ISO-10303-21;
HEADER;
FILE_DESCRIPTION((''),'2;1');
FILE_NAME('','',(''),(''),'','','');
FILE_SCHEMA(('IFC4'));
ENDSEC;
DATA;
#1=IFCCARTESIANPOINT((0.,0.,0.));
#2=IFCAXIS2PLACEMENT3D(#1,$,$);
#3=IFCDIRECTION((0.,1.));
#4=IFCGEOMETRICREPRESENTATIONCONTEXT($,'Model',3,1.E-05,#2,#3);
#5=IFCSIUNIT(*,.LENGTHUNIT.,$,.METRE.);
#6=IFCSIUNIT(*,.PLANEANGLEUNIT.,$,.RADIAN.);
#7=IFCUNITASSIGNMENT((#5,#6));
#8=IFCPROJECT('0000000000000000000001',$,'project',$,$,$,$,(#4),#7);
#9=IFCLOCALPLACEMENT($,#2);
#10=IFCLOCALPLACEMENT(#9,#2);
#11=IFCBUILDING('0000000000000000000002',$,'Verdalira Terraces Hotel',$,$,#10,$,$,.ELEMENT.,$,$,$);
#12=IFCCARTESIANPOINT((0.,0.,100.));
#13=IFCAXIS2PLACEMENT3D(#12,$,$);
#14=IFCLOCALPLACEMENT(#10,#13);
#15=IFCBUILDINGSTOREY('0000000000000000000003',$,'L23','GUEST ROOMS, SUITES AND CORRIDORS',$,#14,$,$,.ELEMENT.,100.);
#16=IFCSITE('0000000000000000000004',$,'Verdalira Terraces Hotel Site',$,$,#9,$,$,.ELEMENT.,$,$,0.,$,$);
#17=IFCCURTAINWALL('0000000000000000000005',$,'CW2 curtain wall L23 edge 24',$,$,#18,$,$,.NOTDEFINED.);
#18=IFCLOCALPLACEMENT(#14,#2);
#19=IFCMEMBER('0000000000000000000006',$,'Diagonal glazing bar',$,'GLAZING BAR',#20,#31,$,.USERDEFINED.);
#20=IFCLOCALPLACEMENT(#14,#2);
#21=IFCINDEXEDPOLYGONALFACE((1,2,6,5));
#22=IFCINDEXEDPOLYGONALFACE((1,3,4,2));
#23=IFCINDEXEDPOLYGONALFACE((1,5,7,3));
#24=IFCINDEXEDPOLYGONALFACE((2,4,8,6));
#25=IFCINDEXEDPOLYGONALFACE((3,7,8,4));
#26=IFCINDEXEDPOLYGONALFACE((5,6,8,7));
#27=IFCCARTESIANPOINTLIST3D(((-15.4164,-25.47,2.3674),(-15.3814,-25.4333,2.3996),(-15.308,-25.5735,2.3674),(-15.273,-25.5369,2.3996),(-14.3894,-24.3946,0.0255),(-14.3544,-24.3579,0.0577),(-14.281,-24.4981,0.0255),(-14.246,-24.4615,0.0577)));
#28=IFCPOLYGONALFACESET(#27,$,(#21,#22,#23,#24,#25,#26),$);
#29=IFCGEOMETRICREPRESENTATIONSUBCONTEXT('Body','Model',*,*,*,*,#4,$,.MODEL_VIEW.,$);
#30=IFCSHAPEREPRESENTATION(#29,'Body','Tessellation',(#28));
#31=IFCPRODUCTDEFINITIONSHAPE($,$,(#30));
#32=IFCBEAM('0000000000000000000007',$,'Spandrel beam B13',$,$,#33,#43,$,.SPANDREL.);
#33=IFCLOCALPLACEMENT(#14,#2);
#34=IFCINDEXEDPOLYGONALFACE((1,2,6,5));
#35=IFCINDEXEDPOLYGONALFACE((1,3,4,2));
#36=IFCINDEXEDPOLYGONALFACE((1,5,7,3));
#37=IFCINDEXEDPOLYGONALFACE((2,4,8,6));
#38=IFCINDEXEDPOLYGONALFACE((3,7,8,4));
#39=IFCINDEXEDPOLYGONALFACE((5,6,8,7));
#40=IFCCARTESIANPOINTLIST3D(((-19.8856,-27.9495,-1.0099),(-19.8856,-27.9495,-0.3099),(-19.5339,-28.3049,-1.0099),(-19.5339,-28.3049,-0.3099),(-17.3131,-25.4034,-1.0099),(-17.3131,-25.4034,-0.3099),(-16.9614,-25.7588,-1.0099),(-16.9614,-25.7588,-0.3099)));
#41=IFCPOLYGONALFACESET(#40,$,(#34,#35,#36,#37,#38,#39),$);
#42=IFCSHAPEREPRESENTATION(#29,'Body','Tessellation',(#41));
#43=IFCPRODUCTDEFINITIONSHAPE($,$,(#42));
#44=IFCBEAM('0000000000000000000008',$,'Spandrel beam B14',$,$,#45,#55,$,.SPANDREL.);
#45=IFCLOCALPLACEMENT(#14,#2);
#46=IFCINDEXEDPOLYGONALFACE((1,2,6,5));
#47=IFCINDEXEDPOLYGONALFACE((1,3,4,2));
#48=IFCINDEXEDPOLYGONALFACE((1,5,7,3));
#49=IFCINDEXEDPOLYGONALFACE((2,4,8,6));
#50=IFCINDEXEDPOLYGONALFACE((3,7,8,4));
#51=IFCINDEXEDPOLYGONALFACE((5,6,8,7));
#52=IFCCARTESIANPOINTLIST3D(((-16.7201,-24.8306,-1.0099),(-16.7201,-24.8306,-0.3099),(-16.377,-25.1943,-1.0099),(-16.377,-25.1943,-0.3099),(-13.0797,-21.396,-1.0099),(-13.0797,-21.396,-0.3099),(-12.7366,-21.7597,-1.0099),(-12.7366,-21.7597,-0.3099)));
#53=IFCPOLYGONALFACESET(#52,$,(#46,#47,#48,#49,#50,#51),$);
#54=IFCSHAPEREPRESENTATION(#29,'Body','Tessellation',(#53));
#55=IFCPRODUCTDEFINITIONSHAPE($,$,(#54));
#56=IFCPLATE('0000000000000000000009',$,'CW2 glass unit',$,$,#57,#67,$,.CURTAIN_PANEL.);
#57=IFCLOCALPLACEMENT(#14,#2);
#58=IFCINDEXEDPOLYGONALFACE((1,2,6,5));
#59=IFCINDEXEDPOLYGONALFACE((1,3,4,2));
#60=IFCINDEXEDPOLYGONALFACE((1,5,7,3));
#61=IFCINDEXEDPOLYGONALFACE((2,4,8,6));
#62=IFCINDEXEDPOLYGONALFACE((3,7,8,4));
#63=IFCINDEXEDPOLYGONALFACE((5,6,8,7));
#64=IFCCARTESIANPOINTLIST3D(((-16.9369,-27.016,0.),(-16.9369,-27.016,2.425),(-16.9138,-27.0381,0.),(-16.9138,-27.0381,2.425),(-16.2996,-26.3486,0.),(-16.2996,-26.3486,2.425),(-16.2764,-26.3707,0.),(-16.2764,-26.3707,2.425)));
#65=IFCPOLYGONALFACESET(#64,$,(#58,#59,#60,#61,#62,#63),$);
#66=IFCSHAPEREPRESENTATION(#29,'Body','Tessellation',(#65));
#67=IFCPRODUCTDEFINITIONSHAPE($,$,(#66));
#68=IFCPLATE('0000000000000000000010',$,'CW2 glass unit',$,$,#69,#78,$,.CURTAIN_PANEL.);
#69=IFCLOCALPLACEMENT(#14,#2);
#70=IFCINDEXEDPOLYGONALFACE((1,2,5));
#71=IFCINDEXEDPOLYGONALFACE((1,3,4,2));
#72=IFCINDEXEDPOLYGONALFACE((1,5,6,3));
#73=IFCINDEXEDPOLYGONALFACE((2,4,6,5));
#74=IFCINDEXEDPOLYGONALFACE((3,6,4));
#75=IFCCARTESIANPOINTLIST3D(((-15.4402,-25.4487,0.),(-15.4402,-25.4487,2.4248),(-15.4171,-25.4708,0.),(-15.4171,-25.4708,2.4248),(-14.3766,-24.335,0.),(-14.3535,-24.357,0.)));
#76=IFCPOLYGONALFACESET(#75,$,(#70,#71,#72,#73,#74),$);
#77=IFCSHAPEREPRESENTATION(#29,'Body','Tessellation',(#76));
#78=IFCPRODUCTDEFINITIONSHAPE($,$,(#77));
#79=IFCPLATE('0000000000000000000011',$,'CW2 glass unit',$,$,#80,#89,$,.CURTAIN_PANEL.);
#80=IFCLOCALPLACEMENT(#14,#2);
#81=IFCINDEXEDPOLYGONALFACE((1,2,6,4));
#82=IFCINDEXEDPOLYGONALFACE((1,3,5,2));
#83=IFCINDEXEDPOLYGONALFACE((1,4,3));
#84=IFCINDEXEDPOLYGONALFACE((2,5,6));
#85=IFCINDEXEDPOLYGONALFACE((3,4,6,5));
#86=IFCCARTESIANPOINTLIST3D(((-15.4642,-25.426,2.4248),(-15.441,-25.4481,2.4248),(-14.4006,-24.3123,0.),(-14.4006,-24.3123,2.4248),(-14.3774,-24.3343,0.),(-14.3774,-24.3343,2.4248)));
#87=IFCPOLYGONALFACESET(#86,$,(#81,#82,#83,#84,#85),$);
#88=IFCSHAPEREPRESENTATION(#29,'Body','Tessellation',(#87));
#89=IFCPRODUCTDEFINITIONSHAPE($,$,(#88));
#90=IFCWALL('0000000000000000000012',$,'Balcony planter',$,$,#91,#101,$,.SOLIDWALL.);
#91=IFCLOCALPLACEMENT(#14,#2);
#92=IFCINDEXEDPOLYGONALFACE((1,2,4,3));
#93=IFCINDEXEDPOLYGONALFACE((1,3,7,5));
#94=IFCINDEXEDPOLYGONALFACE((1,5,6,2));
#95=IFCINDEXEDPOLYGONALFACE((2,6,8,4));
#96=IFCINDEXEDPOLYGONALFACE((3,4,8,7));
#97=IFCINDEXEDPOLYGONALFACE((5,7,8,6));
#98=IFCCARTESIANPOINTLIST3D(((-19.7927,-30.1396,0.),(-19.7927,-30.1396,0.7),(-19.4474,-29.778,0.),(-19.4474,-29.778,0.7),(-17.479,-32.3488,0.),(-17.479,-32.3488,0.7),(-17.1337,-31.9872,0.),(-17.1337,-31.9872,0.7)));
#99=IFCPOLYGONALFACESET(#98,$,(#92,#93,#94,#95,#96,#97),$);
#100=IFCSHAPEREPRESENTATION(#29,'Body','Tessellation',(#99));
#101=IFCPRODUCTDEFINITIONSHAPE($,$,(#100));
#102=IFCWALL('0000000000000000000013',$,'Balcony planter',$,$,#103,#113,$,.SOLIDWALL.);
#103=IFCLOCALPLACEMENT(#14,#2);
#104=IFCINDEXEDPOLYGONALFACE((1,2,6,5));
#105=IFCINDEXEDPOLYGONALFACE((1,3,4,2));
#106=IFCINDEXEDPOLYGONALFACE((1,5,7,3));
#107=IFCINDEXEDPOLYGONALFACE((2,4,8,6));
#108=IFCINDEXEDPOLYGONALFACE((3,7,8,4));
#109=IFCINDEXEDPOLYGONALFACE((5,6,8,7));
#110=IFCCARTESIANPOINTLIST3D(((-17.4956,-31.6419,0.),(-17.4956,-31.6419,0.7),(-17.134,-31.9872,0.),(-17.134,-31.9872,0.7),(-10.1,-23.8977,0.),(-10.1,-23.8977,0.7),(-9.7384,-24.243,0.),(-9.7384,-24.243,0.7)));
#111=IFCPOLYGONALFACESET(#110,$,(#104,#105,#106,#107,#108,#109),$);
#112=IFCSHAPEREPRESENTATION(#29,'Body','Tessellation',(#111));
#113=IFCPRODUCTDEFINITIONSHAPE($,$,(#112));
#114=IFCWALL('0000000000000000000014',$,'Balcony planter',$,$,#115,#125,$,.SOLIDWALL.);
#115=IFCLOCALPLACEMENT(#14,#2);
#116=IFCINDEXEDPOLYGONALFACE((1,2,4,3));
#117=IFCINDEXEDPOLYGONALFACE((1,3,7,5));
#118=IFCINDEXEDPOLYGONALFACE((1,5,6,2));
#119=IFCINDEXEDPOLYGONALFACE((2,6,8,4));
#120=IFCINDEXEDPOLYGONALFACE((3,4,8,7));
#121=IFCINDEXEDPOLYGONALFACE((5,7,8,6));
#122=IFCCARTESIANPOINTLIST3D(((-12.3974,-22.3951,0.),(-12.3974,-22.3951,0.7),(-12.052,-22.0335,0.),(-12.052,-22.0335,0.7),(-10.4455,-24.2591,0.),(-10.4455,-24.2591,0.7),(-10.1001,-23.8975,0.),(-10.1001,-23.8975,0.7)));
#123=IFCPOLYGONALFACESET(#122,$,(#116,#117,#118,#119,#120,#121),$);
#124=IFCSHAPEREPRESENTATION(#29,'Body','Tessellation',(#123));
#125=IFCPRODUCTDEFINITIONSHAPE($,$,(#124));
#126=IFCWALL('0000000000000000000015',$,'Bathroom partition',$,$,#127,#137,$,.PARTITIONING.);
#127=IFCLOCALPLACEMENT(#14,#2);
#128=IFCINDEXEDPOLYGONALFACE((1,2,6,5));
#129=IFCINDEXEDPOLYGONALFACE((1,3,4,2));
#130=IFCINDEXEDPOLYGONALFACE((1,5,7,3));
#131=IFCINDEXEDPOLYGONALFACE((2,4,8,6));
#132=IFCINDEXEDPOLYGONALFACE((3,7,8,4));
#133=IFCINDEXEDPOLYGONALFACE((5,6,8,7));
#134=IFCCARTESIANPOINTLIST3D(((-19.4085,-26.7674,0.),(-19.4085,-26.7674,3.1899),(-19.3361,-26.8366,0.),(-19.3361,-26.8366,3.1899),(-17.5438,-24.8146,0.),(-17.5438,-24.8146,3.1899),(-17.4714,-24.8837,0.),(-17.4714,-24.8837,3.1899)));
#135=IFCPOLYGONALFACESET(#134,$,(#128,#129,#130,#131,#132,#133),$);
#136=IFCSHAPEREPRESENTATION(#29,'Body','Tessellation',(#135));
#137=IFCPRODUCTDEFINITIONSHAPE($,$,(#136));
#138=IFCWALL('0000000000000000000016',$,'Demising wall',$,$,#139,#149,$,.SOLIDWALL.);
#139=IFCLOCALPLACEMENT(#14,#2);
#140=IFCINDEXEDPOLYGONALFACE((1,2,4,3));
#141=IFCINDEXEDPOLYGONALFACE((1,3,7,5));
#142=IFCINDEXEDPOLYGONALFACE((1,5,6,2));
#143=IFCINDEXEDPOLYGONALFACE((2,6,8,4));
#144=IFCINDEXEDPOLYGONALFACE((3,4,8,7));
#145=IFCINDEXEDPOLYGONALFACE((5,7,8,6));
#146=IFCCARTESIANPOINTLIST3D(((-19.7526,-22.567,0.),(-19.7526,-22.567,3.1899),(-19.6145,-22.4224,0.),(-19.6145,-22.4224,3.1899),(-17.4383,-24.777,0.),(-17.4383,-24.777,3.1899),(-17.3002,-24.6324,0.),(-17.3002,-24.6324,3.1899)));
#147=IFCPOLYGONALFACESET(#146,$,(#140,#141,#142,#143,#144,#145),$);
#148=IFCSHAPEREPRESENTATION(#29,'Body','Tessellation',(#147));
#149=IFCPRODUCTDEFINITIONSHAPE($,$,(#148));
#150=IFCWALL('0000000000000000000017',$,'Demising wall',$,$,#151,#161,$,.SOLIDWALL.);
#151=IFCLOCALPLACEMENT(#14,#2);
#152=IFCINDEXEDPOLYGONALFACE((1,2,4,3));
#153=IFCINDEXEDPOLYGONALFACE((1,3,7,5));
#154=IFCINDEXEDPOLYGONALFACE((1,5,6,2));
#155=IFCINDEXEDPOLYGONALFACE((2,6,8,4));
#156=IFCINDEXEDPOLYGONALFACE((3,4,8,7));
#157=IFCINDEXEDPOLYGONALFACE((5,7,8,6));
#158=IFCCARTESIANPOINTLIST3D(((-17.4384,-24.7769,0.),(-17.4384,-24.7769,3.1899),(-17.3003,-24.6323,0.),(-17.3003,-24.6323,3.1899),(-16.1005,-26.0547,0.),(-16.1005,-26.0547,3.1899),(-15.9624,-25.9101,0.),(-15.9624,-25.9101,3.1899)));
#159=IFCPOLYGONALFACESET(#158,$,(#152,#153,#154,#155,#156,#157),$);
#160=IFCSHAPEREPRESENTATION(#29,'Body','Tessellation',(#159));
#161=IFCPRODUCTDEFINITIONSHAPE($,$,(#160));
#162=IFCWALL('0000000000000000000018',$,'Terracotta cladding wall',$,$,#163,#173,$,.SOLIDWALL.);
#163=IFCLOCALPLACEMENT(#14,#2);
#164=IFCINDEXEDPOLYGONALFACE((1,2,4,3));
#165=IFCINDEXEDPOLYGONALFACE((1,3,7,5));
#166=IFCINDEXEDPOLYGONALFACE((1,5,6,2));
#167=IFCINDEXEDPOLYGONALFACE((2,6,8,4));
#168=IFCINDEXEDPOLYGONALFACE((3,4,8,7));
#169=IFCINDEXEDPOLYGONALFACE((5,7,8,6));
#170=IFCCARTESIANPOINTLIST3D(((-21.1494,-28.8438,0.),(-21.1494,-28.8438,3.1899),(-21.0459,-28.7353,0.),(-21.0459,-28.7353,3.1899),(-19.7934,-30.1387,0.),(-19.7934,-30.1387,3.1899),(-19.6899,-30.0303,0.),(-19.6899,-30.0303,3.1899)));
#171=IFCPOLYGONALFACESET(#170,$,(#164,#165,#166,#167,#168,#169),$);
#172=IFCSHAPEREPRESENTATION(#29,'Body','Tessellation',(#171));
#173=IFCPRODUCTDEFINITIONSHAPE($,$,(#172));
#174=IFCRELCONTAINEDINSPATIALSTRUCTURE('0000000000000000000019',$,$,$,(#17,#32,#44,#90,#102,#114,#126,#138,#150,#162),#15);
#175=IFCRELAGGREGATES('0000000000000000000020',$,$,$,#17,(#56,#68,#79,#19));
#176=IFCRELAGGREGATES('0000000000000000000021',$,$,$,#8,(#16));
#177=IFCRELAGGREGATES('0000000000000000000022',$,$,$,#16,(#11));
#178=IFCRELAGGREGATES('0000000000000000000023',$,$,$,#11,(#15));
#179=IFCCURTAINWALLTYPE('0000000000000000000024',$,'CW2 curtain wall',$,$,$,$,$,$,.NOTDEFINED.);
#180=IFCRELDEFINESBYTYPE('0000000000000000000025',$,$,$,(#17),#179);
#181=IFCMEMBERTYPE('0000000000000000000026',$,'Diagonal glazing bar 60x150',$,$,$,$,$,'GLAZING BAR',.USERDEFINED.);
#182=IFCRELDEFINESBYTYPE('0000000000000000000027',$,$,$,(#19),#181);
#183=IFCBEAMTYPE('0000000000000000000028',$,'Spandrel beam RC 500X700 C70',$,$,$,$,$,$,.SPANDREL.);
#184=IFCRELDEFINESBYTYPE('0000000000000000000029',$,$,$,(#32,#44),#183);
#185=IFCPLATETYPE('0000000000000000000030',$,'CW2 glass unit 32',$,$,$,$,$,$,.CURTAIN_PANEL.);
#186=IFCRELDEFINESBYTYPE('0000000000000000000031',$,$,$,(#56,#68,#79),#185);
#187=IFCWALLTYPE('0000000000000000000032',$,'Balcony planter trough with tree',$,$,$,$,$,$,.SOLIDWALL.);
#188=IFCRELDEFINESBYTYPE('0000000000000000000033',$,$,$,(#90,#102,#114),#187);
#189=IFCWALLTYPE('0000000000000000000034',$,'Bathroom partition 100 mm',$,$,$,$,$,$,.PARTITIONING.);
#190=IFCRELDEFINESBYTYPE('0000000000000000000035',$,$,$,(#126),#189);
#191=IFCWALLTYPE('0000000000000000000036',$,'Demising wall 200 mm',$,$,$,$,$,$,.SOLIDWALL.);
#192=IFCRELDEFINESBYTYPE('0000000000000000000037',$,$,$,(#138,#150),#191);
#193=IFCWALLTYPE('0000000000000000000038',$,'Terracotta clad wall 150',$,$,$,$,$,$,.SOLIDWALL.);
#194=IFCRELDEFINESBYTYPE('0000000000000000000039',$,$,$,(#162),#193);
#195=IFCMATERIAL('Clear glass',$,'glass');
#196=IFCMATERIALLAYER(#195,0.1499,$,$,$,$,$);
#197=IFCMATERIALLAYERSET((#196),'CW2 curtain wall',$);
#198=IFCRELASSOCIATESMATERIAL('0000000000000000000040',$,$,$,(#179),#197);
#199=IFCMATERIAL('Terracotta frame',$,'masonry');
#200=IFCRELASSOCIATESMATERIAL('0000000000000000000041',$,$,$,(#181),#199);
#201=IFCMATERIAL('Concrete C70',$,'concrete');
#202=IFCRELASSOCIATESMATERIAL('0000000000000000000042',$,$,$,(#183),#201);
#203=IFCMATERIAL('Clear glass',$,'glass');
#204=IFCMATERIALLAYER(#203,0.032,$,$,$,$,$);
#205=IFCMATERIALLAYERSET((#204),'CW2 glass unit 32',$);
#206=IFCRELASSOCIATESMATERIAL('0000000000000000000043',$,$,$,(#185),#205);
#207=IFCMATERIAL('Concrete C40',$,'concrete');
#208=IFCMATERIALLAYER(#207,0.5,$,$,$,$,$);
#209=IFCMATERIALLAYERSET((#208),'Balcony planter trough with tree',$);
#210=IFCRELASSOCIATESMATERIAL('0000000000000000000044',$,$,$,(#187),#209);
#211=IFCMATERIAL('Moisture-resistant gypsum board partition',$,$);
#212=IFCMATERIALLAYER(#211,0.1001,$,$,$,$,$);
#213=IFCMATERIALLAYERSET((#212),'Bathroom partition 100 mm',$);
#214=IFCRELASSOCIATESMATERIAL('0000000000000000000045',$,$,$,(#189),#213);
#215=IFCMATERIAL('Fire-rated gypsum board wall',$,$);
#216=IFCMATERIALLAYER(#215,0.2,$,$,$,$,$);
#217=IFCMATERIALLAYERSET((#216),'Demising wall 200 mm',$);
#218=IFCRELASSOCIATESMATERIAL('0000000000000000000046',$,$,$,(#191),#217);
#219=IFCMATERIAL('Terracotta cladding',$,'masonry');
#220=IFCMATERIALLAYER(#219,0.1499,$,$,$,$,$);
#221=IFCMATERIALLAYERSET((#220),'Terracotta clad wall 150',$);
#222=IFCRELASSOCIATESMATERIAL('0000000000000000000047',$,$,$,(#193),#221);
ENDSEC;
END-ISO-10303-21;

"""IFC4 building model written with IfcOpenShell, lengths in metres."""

from ifc_helpers import new_model, si_unit, direction, frame, frame_2d, origin, origin_2d, place, context, subcontext, project, spatial, polyline, rectangle, outline, extrude, material, layer, layer_set, material_profile, profile_set, type_object, element, aggregate, save


model = new_model("IFC4")

# Units and contexts
model_context = context("Model", 3, precision=1e-05, world=origin(), true_north=direction((0.0, 1.0)))
body_context = subcontext(model_context, "Body", "Model", "MODEL_VIEW")
ifc_project = project(units=[si_unit("LENGTHUNIT", "METRE"), si_unit("PLANEANGLEUNIT", "RADIAN")], contexts=[model_context])

# Site, building, storey
site_placement = place(None, origin())
site = spatial("IfcSite", under=ifc_project, at=site_placement, Name="Verdalira Terraces Hotel Site", CompositionType="ELEMENT", RefElevation=0.0)
building_placement = place(site_placement, origin())
building = spatial("IfcBuilding", under=site, at=building_placement, Name="Verdalira Terraces Hotel", CompositionType="ELEMENT")
storey_placement = place(building_placement, frame((0.0, 0.0, 100.0)))
storey = spatial("IfcBuildingStorey", under=building, at=storey_placement, Name="L23", Description="GUEST ROOMS, SUITES AND CORRIDORS", CompositionType="ELEMENT", Elevation=100.0)

# Curtain wall, member
ifc_material_1 = material(Name="Clear glass", Category="glass")
ifc_layer_1 = layer(ifc_material_1, 0.1499)
ifc_layer_set_1 = layer_set([ifc_layer_1], Name="CW2 curtain wall")
curtain_wall_type_1 = type_object("IfcCurtainWallType", Name="CW2 curtain wall", PredefinedType="NOTDEFINED", material=ifc_layer_set_1)
curtain_wall_1_placement = place(storey_placement, origin())
curtain_wall_1 = element("IfcCurtainWall", 1, at=curtain_wall_1_placement, inside=storey, type_object=curtain_wall_type_1, Name="CW2 curtain wall L23 edge 24", PredefinedType="NOTDEFINED")
ifc_material_2 = material(Name="Terracotta frame", Category="masonry")
ifc_material_profile_1 = material_profile(ifc_material_2, rectangle(XDim=0.1499, YDim=0.0601, at=origin_2d()), Name="GB 60x150")
ifc_profile_set_1 = profile_set([ifc_material_profile_1], Name="Terracotta frame")
member_type_1 = type_object("IfcMemberType", Name="Diagonal glazing bar 60x150", ElementType="GLAZING BAR", PredefinedType="USERDEFINED", material=ifc_profile_set_1)
member_1_placement = place(storey_placement, frame((-15.3447, -25.5034, 2.3835), z_axis=(0.370221, 0.387646, -0.844196), x_axis=(-0.723173, 0.690667, 0.0)))
member_1 = element("IfcMember", 2, at=member_1_placement, type_object=member_type_1, Name="Diagonal glazing bar", ObjectType="GLAZING BAR", PredefinedType="USERDEFINED", context=body_context, shape_type="SweptSolid", body=[
    extrude(rectangle(XDim=0.1499, YDim=0.0601, at=origin_2d()), origin(), (0.0, 0.0, 1.0), 2.7742),
])

# Beams
ifc_material_3 = material(Name="Concrete C70", Category="concrete")
ifc_material_profile_2 = material_profile(ifc_material_3, rectangle(XDim=0.5, YDim=0.7, at=origin_2d()), Name="RC 500X700")
ifc_profile_set_2 = profile_set([ifc_material_profile_2], Name="Concrete C70")
beam_type_1 = type_object("IfcBeamType", Name="Spandrel beam RC 500X700 C70", PredefinedType="SPANDREL", material=ifc_profile_set_2)
beam_1_placement = place(storey_placement, frame((-19.7097, -28.1272, -0.6599), z_axis=(0.71074, 0.703455, 0.0), x_axis=(-0.703455, 0.71074, 0.0)))
element("IfcBeam", 3, at=beam_1_placement, inside=storey, type_object=beam_type_1, Name="Spandrel beam B13", PredefinedType="SPANDREL", context=body_context, shape_type="SweptSolid", body=[
    extrude(rectangle(XDim=0.5, YDim=0.7, at=origin_2d()), origin(), (0.0, 0.0, 1.0), 3.6194),
])
beam_2_placement = place(storey_placement, frame((-16.5486, -25.0125, -0.6599), z_axis=(0.727369, 0.686247, 0.0), x_axis=(-0.686247, 0.727369, 0.0)))
element("IfcBeam", 4, at=beam_2_placement, inside=storey, type_object=beam_type_1, Name="Spandrel beam B14", PredefinedType="SPANDREL", context=body_context, shape_type="SweptSolid", body=[
    extrude(rectangle(XDim=0.5, YDim=0.7, at=origin_2d()), origin(), (0.0, 0.0, 1.0), 5.0049),
])

# Plates
ifc_material_4 = material(Name="Clear glass", Category="glass")
ifc_layer_2 = layer(ifc_material_4, 0.032)
ifc_layer_set_2 = layer_set([ifc_layer_2], Name="CW2 glass unit 32")
plate_type = type_object("IfcPlateType", Name="CW2 glass unit 32", PredefinedType="CURTAIN_PANEL", material=ifc_layer_set_2)
plate_1_placement = place(storey_placement, frame((-16.6067, -26.6934, 0.0), z_axis=(0.0, 0.0, 1.0), x_axis=(0.69063, 0.723208, 0.0)))
plate_1 = element("IfcPlate", 5, at=plate_1_placement, type_object=plate_type, Name="CW2 glass unit", PredefinedType="CURTAIN_PANEL", context=body_context, shape_type="SweptSolid", body=[
    extrude(rectangle(XDim=0.9229, YDim=0.032, at=origin_2d()), origin(), (0.0, 0.0, 1.0), 2.425),
])
plate_2_placement = place(storey_placement, frame((-14.9084, -24.8918, 1.2124), z_axis=(0.723208, -0.69063, 0.0), x_axis=(0.69063, 0.723208, 0.0)))
plate_2 = element("IfcPlate", 6, at=plate_2_placement, type_object=plate_type, Name="CW2 glass unit", PredefinedType="CURTAIN_PANEL", context=body_context, shape_type="SweptSolid", body=[
    extrude(outline(polyline([(-0.77, -1.2124), (0.77, -1.2124), (-0.77, 1.2124), (-0.77, -1.2124)])), origin(), (0.0, 0.0, 1.0), 0.032),
])
plate_3_placement = place(storey_placement, frame((-14.9324, -24.8691, 1.2124), z_axis=(0.723208, -0.69063, 0.0), x_axis=(0.69063, 0.723208, 0.0)))
plate_3 = element("IfcPlate", 7, at=plate_3_placement, type_object=plate_type, Name="CW2 glass unit", PredefinedType="CURTAIN_PANEL", context=body_context, shape_type="SweptSolid", body=[
    extrude(outline(polyline([(0.77, -1.2124), (0.77, 1.2124), (-0.77, 1.2124), (0.77, -1.2124)])), origin(), (0.0, 0.0, 1.0), 0.032),
])
aggregate(curtain_wall_1, [plate_1, plate_2, plate_3, member_1])

# Walls
ifc_material_5 = material(Name="Concrete C40", Category="concrete")
ifc_layer_3 = layer(ifc_material_5, 0.5)
ifc_layer_set_3 = layer_set([ifc_layer_3], Name="Balcony planter trough with tree")
wall_type_1 = type_object("IfcWallType", Name="Balcony planter trough with tree", PredefinedType="SOLIDWALL", material=ifc_layer_set_3)
wall_1_placement = place(storey_placement, frame((-19.6201, -29.9587, 0.0), z_axis=(0.0, 0.0, 1.0), x_axis=(0.72325, -0.690586, 0.0)))
element("IfcWall", 8, at=wall_1_placement, inside=storey, type_object=wall_type_1, Name="Balcony planter", PredefinedType="SOLIDWALL", context=body_context, shape_type="SweptSolid", body=[
    extrude(rectangle(XDim=3.199, YDim=0.5, at=frame_2d((1.5996, 0.0))), origin(), (0.0, 0.0, 1.0), 0.7),
])
wall_2_placement = place(storey_placement, frame((-17.3147, -31.8145, 0.0), z_axis=(0.0, 0.0, 1.0), x_axis=(0.690641, 0.723198, 0.0)))
element("IfcWall", 9, at=wall_2_placement, inside=storey, type_object=wall_type_1, Name="Balcony planter", PredefinedType="SOLIDWALL", context=body_context, shape_type="SweptSolid", body=[
    extrude(rectangle(XDim=10.7083, YDim=0.5, at=frame_2d((5.354, 0.0))), origin(), (0.0, 0.0, 1.0), 0.7),
])
wall_3_placement = place(storey_placement, frame((-10.2727, -24.0784, 0.0), z_axis=(0.0, 0.0, 1.0), x_axis=(-0.723202, 0.690637, 0.0)))
element("IfcWall", 10, at=wall_3_placement, inside=storey, type_object=wall_type_1, Name="Balcony planter", PredefinedType="SOLIDWALL", context=body_context, shape_type="SweptSolid", body=[
    extrude(rectangle(XDim=2.699, YDim=0.5, at=frame_2d((1.3496, 0.0))), origin(), (0.0, 0.0, 1.0), 0.7),
])
ifc_material_6 = material(Name="Moisture-resistant gypsum board partition")
ifc_layer_4 = layer(ifc_material_6, 0.1001)
ifc_layer_set_4 = layer_set([ifc_layer_4], Name="Bathroom partition 100 mm")
wall_type_2 = type_object("IfcWallType", Name="Bathroom partition 100 mm", PredefinedType="PARTITIONING", material=ifc_layer_set_4)
wall_4_placement = place(storey_placement, frame((-19.3723, -26.802, 0.0), z_axis=(0.0, 0.0, 1.0), x_axis=(0.690598, 0.723239, 0.0)))
element("IfcWall", 11, at=wall_4_placement, inside=storey, type_object=wall_type_2, Name="Bathroom partition", PredefinedType="PARTITIONING", context=body_context, shape_type="SweptSolid", body=[
    extrude(rectangle(XDim=2.7002, YDim=0.1001, at=frame_2d((1.3501, 0.0))), origin(), (0.0, 0.0, 1.0), 3.1899),
])
ifc_material_7 = material(Name="Fire-rated gypsum board wall")
ifc_layer_5 = layer(ifc_material_7, 0.2)
ifc_layer_set_5 = layer_set([ifc_layer_5], Name="Demising wall 200 mm")
wall_type_3 = type_object("IfcWallType", Name="Demising wall 200 mm", PredefinedType="SOLIDWALL", material=ifc_layer_set_5)
wall_5_placement = place(storey_placement, frame((-19.6836, -22.4946, 0.0), z_axis=(0.0, 0.0, 1.0), x_axis=(0.723208, -0.69063, 0.0)))
element("IfcWall", 12, at=wall_5_placement, inside=storey, type_object=wall_type_3, Name="Demising wall", PredefinedType="SOLIDWALL", context=body_context, shape_type="SweptSolid", body=[
    extrude(rectangle(XDim=3.2, YDim=0.2, at=frame_2d((1.6001, 0.0))), origin(), (0.0, 0.0, 1.0), 3.1899),
])
wall_6_placement = place(storey_placement, frame((-17.3694, -24.7046, 0.0), z_axis=(0.0, 0.0, 1.0), x_axis=(0.723152, -0.690689, 0.0)))
element("IfcWall", 13, at=wall_6_placement, inside=storey, type_object=wall_type_3, Name="Demising wall", PredefinedType="SOLIDWALL", context=body_context, shape_type="SweptSolid", body=[
    extrude(rectangle(XDim=1.8501, YDim=0.2, at=frame_2d((0.925, 0.0))), origin(), (0.0, 0.0, 1.0), 3.1899),
])
ifc_material_8 = material(Name="Terracotta cladding", Category="masonry")
ifc_layer_6 = layer(ifc_material_8, 0.1499)
ifc_layer_set_6 = layer_set([ifc_layer_6], Name="Terracotta clad wall 150")
wall_type_4 = type_object("IfcWallType", Name="Terracotta clad wall 150", PredefinedType="SOLIDWALL", material=ifc_layer_set_6)
wall_7_placement = place(storey_placement, frame((-21.0977, -28.7896, 0.0), z_axis=(0.0, 0.0, 1.0), x_axis=(0.723196, -0.690643, 0.0)))
element("IfcWall", 14, at=wall_7_placement, inside=storey, type_object=wall_type_4, Name="Terracotta cladding wall", PredefinedType="SOLIDWALL", context=body_context, shape_type="SweptSolid", body=[
    extrude(rectangle(XDim=1.875, YDim=0.1499, at=frame_2d((0.9375, 0.0))), origin(), (0.0, 0.0, 1.0), 3.1899),
])

save(model, "model.ifc")
